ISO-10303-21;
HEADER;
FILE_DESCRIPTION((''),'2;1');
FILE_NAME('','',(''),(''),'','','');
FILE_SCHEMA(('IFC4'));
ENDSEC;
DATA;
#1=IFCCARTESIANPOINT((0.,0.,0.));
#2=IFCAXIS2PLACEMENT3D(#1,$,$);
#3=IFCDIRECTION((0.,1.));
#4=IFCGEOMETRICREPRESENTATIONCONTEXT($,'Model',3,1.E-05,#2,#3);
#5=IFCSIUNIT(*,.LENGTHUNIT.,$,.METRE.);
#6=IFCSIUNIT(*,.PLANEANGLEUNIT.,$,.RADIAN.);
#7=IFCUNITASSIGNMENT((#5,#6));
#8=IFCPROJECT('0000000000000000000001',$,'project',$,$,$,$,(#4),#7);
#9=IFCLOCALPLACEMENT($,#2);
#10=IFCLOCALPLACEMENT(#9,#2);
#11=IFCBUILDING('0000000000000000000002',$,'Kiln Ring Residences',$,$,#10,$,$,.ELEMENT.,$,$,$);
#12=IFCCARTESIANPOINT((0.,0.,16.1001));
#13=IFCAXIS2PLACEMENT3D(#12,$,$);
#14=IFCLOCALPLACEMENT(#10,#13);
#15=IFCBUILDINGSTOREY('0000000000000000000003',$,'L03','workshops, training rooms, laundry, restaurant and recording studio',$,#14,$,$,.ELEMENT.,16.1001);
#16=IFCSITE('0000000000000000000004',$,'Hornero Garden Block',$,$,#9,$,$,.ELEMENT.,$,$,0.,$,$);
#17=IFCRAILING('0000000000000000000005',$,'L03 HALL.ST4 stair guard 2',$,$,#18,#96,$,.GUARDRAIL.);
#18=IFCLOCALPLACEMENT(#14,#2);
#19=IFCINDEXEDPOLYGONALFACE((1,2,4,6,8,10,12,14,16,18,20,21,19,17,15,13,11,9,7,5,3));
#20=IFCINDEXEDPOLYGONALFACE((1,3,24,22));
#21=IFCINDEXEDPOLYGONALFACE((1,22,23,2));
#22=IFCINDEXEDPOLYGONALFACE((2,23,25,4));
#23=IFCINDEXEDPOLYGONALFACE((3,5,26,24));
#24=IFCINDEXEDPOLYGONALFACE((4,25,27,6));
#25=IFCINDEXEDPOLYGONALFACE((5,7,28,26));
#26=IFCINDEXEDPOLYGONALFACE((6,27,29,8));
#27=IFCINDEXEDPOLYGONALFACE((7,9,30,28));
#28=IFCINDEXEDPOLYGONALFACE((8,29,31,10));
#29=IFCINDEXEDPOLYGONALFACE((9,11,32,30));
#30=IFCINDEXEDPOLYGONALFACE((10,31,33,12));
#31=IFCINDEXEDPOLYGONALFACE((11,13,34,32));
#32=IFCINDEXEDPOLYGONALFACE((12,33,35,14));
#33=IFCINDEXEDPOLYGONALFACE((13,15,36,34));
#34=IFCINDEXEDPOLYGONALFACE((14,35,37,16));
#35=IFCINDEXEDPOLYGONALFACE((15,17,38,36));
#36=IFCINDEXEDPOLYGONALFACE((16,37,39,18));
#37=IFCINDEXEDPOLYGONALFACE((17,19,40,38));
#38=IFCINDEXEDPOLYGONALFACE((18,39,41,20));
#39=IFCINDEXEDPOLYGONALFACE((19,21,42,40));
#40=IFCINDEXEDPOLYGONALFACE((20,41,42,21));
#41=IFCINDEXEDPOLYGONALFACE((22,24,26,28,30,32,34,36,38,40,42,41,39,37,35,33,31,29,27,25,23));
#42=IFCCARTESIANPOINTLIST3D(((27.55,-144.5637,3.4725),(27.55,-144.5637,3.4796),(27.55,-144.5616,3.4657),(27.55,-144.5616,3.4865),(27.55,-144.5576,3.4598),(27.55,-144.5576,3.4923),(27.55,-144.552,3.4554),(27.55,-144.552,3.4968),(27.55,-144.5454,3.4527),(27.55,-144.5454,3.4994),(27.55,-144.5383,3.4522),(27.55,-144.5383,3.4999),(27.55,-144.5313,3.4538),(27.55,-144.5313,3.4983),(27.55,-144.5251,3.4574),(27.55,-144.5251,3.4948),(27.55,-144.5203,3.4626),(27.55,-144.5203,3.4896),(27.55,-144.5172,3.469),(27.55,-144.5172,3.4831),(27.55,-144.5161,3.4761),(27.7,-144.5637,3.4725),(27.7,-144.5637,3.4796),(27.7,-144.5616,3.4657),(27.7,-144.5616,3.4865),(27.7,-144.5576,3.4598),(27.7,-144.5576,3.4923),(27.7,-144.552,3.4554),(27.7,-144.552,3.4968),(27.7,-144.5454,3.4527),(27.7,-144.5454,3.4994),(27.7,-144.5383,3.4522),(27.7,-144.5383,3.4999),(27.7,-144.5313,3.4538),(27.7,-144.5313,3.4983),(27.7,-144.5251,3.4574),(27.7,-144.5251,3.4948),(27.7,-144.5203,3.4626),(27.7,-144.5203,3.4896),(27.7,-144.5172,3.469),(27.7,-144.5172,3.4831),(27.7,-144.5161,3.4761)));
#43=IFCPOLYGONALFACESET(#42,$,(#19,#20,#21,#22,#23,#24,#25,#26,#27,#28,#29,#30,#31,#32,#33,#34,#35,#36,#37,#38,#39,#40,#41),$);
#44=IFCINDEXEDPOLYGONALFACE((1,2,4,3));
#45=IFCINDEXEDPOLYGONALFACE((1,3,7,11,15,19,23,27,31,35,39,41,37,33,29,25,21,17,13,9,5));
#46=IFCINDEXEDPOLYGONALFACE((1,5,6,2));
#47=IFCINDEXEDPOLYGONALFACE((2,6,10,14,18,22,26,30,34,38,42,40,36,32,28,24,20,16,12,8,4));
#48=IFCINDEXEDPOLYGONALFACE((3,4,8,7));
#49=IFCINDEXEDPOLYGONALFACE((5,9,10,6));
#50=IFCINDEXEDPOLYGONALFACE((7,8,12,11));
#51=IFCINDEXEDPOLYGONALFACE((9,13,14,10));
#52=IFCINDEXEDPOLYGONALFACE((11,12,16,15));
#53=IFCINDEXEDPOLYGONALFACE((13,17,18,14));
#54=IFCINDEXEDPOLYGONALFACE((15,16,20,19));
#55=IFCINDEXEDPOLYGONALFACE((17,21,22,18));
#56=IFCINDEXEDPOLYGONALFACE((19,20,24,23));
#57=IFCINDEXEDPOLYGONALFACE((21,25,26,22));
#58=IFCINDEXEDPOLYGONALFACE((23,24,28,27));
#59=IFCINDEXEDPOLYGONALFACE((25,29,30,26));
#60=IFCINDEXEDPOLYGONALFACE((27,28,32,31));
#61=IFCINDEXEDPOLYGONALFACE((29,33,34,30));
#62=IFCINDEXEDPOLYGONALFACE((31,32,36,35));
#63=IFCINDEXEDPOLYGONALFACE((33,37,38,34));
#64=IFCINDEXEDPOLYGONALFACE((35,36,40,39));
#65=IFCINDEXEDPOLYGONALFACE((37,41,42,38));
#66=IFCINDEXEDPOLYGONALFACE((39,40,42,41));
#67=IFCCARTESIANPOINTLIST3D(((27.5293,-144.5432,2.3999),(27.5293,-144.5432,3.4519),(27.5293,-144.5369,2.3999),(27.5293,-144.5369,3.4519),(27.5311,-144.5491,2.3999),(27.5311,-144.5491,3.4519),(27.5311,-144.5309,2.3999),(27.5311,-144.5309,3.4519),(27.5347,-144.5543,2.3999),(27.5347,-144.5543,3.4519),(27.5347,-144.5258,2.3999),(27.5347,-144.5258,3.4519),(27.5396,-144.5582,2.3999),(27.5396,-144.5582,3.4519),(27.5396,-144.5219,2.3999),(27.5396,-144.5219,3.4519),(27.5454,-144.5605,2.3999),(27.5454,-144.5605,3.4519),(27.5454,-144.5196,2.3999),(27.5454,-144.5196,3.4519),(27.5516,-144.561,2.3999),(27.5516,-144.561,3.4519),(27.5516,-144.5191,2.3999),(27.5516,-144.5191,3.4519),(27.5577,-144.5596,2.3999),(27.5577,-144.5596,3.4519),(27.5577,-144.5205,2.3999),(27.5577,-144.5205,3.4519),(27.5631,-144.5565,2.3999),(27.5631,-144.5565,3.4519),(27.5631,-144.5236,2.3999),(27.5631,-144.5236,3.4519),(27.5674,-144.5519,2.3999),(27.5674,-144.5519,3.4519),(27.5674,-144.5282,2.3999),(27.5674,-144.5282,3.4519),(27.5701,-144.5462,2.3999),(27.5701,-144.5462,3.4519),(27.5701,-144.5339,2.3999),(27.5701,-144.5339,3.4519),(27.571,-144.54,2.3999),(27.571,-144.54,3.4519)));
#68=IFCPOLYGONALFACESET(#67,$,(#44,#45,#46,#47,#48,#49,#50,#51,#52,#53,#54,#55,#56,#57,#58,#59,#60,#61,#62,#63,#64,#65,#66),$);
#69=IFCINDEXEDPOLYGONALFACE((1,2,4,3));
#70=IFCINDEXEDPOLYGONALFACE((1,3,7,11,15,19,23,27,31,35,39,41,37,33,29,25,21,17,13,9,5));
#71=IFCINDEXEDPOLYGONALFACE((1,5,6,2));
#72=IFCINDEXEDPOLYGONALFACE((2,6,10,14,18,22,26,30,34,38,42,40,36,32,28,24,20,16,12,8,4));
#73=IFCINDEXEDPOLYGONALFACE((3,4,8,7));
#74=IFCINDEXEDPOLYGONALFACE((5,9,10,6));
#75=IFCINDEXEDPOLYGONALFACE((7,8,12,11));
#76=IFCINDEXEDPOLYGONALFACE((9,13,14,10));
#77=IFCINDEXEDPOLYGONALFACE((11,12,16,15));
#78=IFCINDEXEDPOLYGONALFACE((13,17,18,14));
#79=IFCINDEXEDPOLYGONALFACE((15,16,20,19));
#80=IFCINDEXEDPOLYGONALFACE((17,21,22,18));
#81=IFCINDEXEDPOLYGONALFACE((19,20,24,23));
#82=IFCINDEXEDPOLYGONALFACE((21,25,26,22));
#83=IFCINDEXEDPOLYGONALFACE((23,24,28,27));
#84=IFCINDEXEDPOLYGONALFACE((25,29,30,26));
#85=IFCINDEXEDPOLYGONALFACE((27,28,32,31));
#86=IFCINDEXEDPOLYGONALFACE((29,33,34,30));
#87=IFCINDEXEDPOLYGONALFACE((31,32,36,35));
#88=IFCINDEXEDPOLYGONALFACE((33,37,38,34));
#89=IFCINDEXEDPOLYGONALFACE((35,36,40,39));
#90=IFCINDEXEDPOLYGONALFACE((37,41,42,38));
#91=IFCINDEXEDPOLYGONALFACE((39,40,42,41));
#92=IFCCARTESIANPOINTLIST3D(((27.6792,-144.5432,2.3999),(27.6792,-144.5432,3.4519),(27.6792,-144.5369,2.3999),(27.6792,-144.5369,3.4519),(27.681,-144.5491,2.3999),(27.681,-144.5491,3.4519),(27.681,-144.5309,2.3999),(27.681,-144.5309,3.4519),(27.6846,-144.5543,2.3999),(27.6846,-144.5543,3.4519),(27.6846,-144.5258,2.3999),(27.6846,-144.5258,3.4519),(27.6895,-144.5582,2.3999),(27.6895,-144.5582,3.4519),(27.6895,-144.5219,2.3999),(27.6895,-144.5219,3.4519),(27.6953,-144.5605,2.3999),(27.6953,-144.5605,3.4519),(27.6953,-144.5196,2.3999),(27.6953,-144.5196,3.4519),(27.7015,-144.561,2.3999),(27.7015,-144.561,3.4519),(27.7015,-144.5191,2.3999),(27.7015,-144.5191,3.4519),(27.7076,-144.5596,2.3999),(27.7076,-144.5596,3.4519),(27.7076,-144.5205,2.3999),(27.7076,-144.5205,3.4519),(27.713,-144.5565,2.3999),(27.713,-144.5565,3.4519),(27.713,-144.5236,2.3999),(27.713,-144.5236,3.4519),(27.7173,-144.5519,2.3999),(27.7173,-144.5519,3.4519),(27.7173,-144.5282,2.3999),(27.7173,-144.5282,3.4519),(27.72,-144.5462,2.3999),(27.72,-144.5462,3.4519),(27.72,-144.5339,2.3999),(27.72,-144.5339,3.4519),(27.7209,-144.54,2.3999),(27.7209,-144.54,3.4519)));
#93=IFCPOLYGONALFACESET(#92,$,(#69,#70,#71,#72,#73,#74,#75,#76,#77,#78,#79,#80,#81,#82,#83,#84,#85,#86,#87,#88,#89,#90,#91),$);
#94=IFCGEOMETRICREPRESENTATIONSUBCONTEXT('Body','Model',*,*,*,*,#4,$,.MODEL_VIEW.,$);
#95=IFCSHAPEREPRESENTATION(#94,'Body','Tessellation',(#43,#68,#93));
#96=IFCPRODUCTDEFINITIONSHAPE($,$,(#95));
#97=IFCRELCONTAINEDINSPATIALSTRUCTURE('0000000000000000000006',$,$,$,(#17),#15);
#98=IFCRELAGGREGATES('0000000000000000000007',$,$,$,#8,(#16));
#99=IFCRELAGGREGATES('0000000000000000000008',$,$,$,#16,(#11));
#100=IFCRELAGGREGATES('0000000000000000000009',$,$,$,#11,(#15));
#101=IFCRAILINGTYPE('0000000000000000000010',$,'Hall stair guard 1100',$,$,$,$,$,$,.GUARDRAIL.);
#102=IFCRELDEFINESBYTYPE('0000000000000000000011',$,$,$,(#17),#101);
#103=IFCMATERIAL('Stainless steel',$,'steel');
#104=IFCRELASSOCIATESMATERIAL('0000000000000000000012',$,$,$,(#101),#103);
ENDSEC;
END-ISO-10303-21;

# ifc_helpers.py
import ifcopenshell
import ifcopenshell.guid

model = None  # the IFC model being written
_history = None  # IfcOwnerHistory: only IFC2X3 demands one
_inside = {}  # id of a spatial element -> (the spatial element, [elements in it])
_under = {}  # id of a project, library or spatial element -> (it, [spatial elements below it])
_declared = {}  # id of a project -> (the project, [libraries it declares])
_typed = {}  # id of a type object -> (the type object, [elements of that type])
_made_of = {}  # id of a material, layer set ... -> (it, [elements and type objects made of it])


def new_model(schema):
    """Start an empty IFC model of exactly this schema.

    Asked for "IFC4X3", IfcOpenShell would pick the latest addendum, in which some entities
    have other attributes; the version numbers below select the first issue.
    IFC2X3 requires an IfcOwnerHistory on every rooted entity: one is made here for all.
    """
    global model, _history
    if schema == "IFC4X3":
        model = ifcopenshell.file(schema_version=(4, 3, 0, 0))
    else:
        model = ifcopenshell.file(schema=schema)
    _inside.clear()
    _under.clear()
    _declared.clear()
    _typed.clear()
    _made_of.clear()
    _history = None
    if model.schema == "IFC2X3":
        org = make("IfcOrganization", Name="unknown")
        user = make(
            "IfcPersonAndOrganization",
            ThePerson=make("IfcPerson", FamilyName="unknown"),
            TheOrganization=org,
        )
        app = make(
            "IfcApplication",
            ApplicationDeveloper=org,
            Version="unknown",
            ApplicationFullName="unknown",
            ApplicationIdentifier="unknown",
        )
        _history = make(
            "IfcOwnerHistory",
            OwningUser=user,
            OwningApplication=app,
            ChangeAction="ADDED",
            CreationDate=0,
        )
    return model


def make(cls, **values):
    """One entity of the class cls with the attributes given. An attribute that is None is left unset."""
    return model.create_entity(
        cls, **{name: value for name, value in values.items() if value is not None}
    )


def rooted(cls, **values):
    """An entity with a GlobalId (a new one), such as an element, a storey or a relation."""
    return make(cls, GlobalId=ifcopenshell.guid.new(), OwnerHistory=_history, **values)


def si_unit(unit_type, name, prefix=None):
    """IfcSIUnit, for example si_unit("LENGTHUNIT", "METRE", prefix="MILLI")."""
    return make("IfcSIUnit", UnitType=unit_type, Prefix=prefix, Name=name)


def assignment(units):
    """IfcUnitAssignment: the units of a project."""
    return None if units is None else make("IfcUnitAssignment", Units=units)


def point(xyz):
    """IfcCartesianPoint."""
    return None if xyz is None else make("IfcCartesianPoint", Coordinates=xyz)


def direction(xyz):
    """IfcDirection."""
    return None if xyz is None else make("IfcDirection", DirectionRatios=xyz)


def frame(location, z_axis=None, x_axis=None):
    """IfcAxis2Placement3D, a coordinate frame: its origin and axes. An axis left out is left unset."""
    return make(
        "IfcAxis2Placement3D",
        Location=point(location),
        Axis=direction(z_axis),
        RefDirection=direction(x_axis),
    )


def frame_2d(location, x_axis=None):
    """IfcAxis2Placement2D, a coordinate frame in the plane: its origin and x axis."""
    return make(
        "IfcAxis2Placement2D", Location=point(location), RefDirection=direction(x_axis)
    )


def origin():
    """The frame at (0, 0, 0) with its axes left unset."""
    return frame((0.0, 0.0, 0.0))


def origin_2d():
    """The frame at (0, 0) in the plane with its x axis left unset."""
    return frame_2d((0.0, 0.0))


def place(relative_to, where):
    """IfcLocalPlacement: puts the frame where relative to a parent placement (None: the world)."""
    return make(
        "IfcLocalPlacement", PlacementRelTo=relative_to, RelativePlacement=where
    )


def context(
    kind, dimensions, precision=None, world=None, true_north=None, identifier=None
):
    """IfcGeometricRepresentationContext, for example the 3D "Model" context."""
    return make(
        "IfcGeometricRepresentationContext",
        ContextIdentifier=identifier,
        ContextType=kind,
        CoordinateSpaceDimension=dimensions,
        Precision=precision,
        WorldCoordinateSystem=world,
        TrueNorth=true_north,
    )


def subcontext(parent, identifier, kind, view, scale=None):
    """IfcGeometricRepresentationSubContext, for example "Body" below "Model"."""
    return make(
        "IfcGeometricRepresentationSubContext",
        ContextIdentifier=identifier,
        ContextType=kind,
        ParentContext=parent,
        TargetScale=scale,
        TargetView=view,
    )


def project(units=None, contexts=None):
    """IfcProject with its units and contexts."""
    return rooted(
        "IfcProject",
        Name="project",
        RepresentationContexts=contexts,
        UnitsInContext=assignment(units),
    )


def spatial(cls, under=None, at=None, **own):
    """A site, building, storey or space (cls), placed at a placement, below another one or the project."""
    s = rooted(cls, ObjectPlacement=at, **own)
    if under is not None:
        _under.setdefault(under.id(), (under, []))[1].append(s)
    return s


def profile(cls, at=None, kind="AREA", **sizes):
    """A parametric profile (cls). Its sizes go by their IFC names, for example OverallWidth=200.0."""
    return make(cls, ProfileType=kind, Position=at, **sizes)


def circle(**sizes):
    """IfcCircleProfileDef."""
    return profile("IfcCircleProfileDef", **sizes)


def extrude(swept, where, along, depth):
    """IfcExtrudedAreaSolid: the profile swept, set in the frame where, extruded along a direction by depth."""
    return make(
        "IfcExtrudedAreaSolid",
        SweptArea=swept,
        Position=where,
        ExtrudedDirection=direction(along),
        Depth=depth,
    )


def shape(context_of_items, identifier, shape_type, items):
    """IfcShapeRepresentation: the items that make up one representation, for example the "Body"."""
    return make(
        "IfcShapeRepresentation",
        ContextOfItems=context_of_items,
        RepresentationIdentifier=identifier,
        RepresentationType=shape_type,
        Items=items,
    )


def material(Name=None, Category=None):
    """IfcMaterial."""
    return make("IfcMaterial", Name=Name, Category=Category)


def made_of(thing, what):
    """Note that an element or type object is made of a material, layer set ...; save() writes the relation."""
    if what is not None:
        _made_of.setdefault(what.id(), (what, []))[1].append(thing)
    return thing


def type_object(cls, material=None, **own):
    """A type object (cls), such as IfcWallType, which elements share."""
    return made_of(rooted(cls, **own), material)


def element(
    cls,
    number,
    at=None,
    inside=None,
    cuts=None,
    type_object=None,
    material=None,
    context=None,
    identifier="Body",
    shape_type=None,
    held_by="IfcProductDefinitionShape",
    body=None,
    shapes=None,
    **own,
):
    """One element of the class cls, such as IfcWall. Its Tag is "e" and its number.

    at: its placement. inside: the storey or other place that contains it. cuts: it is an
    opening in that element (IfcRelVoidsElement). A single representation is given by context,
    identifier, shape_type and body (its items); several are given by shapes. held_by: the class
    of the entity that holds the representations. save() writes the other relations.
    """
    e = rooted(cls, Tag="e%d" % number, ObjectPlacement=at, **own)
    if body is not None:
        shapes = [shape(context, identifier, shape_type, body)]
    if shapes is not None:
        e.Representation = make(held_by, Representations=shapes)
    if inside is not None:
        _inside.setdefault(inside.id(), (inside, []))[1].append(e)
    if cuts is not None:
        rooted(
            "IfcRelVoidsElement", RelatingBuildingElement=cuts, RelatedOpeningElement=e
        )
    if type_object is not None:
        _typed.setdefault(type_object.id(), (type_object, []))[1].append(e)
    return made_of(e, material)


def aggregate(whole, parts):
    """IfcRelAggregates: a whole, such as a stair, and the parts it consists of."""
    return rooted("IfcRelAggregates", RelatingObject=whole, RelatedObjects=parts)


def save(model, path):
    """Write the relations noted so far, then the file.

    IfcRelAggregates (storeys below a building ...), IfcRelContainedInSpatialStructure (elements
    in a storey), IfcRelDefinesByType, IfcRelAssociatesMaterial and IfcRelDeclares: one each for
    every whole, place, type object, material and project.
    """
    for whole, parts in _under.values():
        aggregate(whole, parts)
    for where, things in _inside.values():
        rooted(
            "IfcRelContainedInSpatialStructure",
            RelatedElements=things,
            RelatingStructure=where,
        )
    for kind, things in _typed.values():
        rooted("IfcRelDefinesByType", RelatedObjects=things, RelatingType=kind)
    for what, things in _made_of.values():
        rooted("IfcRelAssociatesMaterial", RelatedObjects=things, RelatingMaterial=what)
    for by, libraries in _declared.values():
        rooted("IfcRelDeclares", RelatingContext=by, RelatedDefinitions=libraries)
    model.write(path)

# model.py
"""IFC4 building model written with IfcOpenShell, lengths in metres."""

from ifc_helpers import new_model, si_unit, direction, frame, origin, origin_2d, place, context, subcontext, project, spatial, circle, extrude, material, type_object, element, save


model = new_model("IFC4")

# Units and contexts
model_context = context("Model", 3, precision=1e-05, world=origin(), true_north=direction((0.0, 1.0)))
body_context = subcontext(model_context, "Body", "Model", "MODEL_VIEW")
ifc_project = project(units=[si_unit("LENGTHUNIT", "METRE"), si_unit("PLANEANGLEUNIT", "RADIAN")], contexts=[model_context])

# Site, building, storey
site_placement = place(None, origin())
site = spatial("IfcSite", under=ifc_project, at=site_placement, Name="Hornero Garden Block", CompositionType="ELEMENT", RefElevation=0.0)
building_placement = place(site_placement, origin())
building = spatial("IfcBuilding", under=site, at=building_placement, Name="Kiln Ring Residences", CompositionType="ELEMENT")
storey_placement = place(building_placement, frame((0.0, 0.0, 16.1001)))
storey = spatial("IfcBuildingStorey", under=building, at=storey_placement, Name="L03", Description="workshops, training rooms, laundry, restaurant and recording studio", CompositionType="ELEMENT", Elevation=16.1001)

# Railing
ifc_material_1 = material(Name="Stainless steel", Category="steel")
railing_type_1 = type_object("IfcRailingType", Name="Hall stair guard 1100", PredefinedType="GUARDRAIL", material=ifc_material_1)
railing_1_placement = place(storey_placement, frame((27.55, -144.54, 2.3999)))
element("IfcRailing", 1, at=railing_1_placement, inside=storey, type_object=railing_type_1, Name="L03 HALL.ST4 stair guard 2", PredefinedType="GUARDRAIL", context=body_context, shape_type="SweptSolid", body=[
    extrude(circle(Radius=0.0239, at=origin_2d()), frame((0.0, 0.0, 1.0762), z_axis=(1.0, 0.0, 0.0), x_axis=(0.0, 1.0, 0.0)), (0.0, 0.0, 1.0), 0.1499),
    extrude(circle(Radius=0.021, at=origin_2d()), origin(), (0.0, 0.0, 1.0), 1.052),
    extrude(circle(Radius=0.021, at=origin_2d()), frame((0.1499, 0.0, 0.0)), (0.0, 0.0, 1.0), 1.052),
])

save(model, "model.ifc")
